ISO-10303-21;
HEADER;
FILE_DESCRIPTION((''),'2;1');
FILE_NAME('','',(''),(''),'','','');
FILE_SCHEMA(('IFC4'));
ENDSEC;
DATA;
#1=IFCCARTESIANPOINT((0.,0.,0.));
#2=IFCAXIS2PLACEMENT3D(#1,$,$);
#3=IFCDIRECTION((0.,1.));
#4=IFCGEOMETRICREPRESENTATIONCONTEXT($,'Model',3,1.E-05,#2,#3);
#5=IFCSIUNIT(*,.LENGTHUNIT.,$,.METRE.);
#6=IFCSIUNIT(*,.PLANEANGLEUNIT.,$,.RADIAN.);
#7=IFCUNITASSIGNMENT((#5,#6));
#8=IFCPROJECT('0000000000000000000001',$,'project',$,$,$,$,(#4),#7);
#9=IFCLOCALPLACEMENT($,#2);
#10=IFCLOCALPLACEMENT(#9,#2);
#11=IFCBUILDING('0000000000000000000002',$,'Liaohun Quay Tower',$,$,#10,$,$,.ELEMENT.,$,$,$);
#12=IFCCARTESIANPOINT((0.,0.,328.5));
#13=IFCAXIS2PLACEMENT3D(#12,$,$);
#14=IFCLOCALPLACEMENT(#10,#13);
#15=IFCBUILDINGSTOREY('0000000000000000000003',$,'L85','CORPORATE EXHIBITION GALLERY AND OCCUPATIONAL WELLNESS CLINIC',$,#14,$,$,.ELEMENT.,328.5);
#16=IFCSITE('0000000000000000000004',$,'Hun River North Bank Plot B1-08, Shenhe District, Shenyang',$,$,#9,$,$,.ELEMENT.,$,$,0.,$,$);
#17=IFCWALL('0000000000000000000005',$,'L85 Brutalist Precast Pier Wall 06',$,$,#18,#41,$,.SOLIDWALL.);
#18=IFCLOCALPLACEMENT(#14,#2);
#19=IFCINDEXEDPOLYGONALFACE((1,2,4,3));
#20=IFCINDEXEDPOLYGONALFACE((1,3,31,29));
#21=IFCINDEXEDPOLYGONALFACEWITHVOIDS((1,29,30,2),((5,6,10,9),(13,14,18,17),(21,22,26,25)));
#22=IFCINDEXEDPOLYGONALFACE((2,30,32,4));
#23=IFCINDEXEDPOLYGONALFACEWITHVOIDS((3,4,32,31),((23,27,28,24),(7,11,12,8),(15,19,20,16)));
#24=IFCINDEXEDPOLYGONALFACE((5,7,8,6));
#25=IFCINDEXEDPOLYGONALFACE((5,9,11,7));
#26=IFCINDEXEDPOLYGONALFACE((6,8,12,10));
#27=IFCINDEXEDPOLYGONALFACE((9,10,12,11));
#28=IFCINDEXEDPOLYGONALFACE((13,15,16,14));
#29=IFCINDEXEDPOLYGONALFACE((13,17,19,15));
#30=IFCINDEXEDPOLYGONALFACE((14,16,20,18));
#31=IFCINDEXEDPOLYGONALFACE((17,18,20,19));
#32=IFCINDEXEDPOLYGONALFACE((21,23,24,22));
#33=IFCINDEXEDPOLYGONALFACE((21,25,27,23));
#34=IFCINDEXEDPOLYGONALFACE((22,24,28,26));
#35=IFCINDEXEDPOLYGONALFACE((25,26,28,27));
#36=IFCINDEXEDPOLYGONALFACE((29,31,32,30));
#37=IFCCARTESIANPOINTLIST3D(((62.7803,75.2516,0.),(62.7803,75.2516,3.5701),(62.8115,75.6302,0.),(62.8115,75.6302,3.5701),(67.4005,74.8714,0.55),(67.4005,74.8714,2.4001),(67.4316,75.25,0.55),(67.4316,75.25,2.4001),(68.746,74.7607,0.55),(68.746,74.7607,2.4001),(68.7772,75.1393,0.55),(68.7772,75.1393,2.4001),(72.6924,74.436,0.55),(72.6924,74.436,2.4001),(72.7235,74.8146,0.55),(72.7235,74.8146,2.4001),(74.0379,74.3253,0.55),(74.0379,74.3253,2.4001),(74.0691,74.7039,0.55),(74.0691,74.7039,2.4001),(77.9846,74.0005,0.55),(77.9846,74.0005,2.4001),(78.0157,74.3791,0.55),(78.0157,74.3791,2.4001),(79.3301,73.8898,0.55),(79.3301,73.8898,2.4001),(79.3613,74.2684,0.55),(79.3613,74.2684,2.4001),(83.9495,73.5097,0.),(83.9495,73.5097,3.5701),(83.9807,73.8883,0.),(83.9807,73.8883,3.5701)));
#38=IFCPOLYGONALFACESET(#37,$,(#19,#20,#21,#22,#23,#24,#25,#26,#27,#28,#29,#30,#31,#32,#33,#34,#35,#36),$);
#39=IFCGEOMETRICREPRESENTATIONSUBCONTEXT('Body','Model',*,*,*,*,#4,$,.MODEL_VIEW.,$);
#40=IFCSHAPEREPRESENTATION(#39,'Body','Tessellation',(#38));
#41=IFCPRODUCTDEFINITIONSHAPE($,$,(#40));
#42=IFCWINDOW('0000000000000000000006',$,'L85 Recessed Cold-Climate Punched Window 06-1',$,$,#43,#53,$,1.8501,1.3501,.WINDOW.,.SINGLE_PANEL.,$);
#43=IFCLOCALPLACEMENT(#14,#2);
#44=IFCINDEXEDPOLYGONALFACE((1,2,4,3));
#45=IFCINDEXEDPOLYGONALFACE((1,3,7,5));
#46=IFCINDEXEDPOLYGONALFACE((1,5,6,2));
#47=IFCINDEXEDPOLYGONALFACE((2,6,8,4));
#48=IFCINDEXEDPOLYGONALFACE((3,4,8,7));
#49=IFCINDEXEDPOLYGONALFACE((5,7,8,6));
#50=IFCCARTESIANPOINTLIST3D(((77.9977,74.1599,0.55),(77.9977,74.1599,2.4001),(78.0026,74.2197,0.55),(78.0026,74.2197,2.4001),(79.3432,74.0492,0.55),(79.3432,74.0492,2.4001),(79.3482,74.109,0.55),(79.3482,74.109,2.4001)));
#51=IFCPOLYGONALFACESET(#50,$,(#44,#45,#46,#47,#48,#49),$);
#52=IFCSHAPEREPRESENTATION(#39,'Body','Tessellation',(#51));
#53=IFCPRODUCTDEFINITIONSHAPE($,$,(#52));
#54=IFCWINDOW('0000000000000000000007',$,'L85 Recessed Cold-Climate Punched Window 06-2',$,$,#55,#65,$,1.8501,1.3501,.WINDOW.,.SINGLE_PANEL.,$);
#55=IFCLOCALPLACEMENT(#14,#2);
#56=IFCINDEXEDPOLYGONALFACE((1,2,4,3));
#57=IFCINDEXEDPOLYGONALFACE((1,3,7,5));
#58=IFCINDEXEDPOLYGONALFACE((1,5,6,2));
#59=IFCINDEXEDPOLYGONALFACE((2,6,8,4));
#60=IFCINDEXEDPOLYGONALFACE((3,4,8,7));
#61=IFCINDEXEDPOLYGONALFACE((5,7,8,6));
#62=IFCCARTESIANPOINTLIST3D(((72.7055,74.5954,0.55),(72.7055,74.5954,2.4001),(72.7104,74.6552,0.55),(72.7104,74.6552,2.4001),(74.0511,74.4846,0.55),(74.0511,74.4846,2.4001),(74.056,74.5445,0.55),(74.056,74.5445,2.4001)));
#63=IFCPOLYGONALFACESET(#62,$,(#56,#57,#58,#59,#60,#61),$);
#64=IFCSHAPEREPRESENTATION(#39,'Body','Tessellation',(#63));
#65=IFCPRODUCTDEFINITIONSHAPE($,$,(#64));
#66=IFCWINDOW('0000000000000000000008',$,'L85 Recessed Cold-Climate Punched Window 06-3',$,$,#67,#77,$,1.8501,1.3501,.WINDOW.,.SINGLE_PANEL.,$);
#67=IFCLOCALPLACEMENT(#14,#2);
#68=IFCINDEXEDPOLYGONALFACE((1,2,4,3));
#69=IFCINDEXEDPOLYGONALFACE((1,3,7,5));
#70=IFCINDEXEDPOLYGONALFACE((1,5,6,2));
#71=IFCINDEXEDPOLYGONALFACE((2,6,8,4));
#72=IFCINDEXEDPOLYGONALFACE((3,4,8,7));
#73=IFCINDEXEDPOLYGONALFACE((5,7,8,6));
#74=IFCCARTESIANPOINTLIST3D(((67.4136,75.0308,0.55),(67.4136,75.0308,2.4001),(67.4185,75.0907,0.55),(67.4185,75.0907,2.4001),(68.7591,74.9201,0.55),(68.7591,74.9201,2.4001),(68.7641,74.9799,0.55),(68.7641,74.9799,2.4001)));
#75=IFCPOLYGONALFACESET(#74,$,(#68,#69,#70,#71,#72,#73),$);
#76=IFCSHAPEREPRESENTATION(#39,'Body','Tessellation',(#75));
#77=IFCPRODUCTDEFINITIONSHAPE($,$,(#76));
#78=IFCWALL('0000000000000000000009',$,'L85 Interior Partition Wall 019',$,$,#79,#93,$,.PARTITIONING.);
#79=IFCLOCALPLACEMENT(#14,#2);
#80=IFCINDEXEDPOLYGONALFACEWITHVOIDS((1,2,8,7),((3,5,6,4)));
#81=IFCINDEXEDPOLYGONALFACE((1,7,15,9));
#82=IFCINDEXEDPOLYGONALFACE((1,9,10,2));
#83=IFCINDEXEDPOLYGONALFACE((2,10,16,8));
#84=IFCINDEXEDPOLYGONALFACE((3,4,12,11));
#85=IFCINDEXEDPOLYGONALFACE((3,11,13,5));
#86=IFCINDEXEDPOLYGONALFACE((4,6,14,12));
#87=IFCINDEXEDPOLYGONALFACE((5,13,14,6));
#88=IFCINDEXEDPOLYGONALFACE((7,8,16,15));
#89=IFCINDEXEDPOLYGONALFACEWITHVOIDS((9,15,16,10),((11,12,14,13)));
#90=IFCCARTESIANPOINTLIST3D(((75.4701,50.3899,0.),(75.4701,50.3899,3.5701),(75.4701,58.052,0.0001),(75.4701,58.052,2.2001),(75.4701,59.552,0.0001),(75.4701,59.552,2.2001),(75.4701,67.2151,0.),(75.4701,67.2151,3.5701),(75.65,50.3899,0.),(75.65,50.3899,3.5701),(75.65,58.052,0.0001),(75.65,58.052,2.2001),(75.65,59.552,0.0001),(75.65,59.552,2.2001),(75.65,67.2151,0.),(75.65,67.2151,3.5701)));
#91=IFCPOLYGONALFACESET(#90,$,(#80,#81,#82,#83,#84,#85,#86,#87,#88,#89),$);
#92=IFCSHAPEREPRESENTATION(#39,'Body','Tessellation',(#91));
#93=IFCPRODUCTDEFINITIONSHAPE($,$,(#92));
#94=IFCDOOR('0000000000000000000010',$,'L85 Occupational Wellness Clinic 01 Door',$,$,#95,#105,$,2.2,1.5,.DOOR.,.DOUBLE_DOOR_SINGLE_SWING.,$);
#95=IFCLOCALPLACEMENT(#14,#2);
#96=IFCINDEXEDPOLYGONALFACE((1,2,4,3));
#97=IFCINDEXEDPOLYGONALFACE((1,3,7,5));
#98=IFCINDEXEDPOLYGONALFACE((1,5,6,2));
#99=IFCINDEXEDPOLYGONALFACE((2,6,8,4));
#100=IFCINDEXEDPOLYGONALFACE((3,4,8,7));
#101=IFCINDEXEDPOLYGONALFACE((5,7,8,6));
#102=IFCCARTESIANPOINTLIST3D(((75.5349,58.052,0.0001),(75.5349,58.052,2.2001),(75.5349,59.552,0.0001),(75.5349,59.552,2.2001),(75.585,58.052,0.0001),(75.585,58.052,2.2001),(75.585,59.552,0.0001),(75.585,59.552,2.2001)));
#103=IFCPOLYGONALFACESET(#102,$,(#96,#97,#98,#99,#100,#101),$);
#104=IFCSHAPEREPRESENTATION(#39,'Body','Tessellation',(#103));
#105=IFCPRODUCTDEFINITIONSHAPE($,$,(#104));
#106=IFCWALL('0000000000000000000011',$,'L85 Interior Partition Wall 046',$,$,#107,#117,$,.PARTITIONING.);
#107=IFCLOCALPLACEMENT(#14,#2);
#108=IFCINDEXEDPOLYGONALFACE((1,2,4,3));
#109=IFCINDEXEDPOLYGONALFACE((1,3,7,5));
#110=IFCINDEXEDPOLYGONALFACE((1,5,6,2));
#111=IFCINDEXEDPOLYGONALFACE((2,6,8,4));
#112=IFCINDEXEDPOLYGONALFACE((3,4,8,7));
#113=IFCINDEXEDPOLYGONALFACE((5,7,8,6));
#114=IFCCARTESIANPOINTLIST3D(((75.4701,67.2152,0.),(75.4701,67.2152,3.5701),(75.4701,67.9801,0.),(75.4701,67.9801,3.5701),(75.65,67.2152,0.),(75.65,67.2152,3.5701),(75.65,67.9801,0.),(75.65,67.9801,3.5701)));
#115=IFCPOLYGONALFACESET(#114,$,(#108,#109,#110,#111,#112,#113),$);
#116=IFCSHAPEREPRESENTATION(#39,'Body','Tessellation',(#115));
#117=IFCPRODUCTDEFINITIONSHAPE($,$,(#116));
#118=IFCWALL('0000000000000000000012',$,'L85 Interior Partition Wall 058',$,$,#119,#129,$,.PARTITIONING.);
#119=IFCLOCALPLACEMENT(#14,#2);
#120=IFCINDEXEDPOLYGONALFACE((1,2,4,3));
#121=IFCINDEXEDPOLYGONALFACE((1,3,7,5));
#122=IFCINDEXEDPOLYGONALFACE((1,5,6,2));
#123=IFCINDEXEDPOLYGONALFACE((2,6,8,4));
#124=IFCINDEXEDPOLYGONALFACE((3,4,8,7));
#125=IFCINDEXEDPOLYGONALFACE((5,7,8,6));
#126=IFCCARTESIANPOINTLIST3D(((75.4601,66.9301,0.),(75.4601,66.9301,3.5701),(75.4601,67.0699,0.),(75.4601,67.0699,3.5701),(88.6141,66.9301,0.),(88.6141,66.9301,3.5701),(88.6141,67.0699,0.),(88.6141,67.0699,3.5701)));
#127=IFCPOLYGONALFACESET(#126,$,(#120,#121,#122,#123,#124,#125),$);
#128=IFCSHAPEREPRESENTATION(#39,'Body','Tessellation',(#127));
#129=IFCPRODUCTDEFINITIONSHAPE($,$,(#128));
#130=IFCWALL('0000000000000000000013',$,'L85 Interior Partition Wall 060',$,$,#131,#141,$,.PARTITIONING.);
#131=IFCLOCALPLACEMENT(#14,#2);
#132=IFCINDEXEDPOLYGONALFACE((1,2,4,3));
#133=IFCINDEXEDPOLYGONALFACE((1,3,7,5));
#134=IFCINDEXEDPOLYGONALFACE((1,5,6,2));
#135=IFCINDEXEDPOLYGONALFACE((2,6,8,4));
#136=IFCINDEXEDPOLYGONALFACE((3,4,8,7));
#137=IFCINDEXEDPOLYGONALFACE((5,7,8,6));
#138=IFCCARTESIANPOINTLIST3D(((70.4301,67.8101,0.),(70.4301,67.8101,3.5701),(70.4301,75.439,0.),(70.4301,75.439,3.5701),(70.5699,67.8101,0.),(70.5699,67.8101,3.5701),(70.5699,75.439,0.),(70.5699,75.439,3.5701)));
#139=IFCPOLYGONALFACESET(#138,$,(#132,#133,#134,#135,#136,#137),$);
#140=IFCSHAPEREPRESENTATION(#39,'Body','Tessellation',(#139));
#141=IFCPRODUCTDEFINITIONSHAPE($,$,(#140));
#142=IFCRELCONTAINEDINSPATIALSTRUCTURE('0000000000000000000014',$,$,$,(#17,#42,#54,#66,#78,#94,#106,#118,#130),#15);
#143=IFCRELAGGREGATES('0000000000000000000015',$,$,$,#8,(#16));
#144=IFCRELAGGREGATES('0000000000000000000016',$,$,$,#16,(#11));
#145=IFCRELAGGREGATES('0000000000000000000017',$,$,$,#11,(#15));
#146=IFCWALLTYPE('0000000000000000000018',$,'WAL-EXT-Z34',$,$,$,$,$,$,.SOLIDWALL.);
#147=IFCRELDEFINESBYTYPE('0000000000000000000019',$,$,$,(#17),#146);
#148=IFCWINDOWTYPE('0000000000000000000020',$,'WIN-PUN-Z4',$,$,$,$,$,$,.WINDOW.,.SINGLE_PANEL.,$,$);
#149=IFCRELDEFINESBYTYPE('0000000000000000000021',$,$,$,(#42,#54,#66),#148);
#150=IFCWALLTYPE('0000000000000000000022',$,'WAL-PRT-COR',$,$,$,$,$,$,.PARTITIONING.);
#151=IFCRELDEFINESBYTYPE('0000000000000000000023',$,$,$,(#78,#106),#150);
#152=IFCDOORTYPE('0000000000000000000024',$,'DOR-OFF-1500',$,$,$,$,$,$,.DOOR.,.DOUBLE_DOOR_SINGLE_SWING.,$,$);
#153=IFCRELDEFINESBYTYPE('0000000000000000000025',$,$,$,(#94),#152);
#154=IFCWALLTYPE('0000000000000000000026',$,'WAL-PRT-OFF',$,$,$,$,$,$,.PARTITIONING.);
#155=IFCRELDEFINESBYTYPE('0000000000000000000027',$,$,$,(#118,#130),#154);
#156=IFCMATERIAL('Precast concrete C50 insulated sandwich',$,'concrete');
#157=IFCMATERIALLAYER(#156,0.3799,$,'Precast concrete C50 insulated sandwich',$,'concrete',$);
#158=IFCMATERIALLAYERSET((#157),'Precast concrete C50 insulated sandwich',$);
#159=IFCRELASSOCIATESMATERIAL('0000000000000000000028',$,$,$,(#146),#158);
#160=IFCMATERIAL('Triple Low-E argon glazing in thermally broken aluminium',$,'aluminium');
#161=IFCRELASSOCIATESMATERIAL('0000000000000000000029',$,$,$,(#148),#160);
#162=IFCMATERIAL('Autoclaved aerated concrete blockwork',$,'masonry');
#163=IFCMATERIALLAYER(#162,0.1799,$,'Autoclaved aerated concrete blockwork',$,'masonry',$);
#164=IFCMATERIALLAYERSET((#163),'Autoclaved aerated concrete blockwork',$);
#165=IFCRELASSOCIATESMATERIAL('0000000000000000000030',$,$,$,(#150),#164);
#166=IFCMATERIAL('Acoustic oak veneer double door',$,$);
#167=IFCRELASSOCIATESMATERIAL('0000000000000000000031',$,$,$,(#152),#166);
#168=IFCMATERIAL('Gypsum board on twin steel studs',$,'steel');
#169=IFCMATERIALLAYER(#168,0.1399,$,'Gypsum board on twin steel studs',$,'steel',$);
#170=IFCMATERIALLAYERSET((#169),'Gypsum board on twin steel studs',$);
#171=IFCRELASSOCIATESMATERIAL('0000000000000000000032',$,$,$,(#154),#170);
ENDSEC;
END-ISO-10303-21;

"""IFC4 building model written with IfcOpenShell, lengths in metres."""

from ifc_helpers import new_model, si_unit, direction, frame, frame_2d, origin, place, context, subcontext, project, spatial, rectangle, extrude, source, transform, mapped, material, layer, layer_set, type_object, element, fill, save


model = new_model("IFC4")

# Units and contexts
model_context = context("Model", 3, precision=1e-05, world=origin(), true_north=direction((0.0, 1.0)))
body_context = subcontext(model_context, "Body", "Model", "MODEL_VIEW")
ifc_project = project(units=[si_unit("LENGTHUNIT", "METRE"), si_unit("PLANEANGLEUNIT", "RADIAN")], contexts=[model_context])

# Site, building, storey
site_placement = place(None, origin())
site = spatial("IfcSite", under=ifc_project, at=site_placement, Name="Hun River North Bank Plot B1-08, Shenhe District, Shenyang", CompositionType="ELEMENT", RefElevation=0.0)
building_placement = place(site_placement, origin())
building = spatial("IfcBuilding", under=site, at=building_placement, Name="Liaohun Quay Tower", CompositionType="ELEMENT")
storey_placement = place(building_placement, frame((0.0, 0.0, 328.5)))
storey = spatial("IfcBuildingStorey", under=building, at=storey_placement, Name="L85", Description="CORPORATE EXHIBITION GALLERY AND OCCUPATIONAL WELLNESS CLINIC", CompositionType="ELEMENT", Elevation=328.5)

# Shared definitions
ifc_material_1 = material(Name="Precast concrete C50 insulated sandwich", Category="concrete")
ifc_layer_1 = layer(ifc_material_1, 0.3799, Name="Precast concrete C50 insulated sandwich", Category="concrete")
ifc_layer_set_1 = layer_set([ifc_layer_1], Name="Precast concrete C50 insulated sandwich")
wall_type_1 = type_object("IfcWallType", Name="WAL-EXT-Z34", PredefinedType="SOLIDWALL", material=ifc_layer_set_1)

# Wall, openings, windows
wall_1_placement = place(storey_placement, frame((83.9651, 73.699, 0.0), z_axis=(0.0, 0.0, 1.0), x_axis=(-0.996632, 0.08201, 0.0)))
wall_1 = element("IfcWall", 1, at=wall_1_placement, inside=storey, type_object=wall_type_1, Name="L85 Brutalist Precast Pier Wall 06", PredefinedType="SOLIDWALL", context=body_context, shape_type="SweptSolid", body=[
    extrude(rectangle(XDim=21.2407, YDim=0.3799, at=frame_2d((10.6204, 0.0))), origin(), (0.0, 0.0, 1.0), 3.5701),
])
shared_shape_1 = source(origin(), body_context, "Body", "SweptSolid", [
    extrude(rectangle(XDim=1.3501, YDim=1.8501, at=frame_2d((0.675, 0.925))), frame((0.0, 0.2, 0.0), z_axis=(0.0, -1.0, 0.0), x_axis=(1.0, 0.0, 0.0)), (0.0, 0.0, 1.0), 0.3999),
])
opening_1_placement = place(wall_1_placement, frame((4.635, 0.0, 0.55)))
opening_1 = element("IfcOpeningElement", 2, at=opening_1_placement, cuts=wall_1, PredefinedType="OPENING", context=body_context, shape_type="MappedRepresentation", body=[
    mapped(shared_shape_1, transform((0.0, 0.0, 0.0), x_axis=(1.0, 0.0, 0.0), y_axis=(0.0, 1.0, 0.0), z_axis=(0.0, 0.0, 1.0), scale=1.0)),
])
opening_2_placement = place(wall_1_placement, frame((9.9451, 0.0, 0.55)))
opening_2 = element("IfcOpeningElement", 3, at=opening_2_placement, cuts=wall_1, PredefinedType="OPENING", context=body_context, shape_type="MappedRepresentation", body=[
    mapped(shared_shape_1, transform((0.0, 0.0, 0.0), x_axis=(1.0, 0.0, 0.0), y_axis=(0.0, 1.0, 0.0), z_axis=(0.0, 0.0, 1.0), scale=1.0)),
])
opening_3_placement = place(wall_1_placement, frame((15.2549, 0.0, 0.55)))
opening_3 = element("IfcOpeningElement", 4, at=opening_3_placement, cuts=wall_1, PredefinedType="OPENING", context=body_context, shape_type="MappedRepresentation", body=[
    mapped(shared_shape_1, transform((0.0, 0.0, 0.0), x_axis=(1.0, 0.0, 0.0), y_axis=(0.0, 1.0, 0.0), z_axis=(0.0, 0.0, 1.0), scale=1.0)),
])
ifc_material_2 = material(Name="Triple Low-E argon glazing in thermally broken aluminium", Category="aluminium")
window_type_1 = type_object("IfcWindowType", Name="WIN-PUN-Z4", PartitioningType="SINGLE_PANEL", PredefinedType="WINDOW", material=ifc_material_2)
shared_shape_2 = source(origin(), body_context, "Body", "SweptSolid", [
    extrude(rectangle(XDim=1.3501, YDim=1.8501, at=frame_2d((0.675, 0.925))), frame((0.0, 0.03, 0.0), z_axis=(0.0, -1.0, 0.0), x_axis=(1.0, 0.0, 0.0)), (0.0, 0.0, 1.0), 0.0601),
])
window_1_placement = place(opening_1_placement, origin())
window_1 = element("IfcWindow", 5, at=window_1_placement, inside=storey, type_object=window_type_1, Name="L85 Recessed Cold-Climate Punched Window 06-1", OverallHeight=1.8501, OverallWidth=1.3501, PartitioningType="SINGLE_PANEL", PredefinedType="WINDOW", context=body_context, shape_type="MappedRepresentation", body=[
    mapped(shared_shape_2, transform((0.0, 0.0, 0.0), x_axis=(1.0, 0.0, 0.0), y_axis=(0.0, 1.0, 0.0), z_axis=(0.0, 0.0, 1.0), scale=1.0)),
])
fill(opening_1, window_1)
window_2_placement = place(opening_2_placement, origin())
window_2 = element("IfcWindow", 6, at=window_2_placement, inside=storey, type_object=window_type_1, Name="L85 Recessed Cold-Climate Punched Window 06-2", OverallHeight=1.8501, OverallWidth=1.3501, PartitioningType="SINGLE_PANEL", PredefinedType="WINDOW", context=body_context, shape_type="MappedRepresentation", body=[
    mapped(shared_shape_2, transform((0.0, 0.0, 0.0), x_axis=(1.0, 0.0, 0.0), y_axis=(0.0, 1.0, 0.0), z_axis=(0.0, 0.0, 1.0), scale=1.0)),
])
fill(opening_2, window_2)
window_3_placement = place(opening_3_placement, origin())
window_3 = element("IfcWindow", 7, at=window_3_placement, inside=storey, type_object=window_type_1, Name="L85 Recessed Cold-Climate Punched Window 06-3", OverallHeight=1.8501, OverallWidth=1.3501, PartitioningType="SINGLE_PANEL", PredefinedType="WINDOW", context=body_context, shape_type="MappedRepresentation", body=[
    mapped(shared_shape_2, transform((0.0, 0.0, 0.0), x_axis=(1.0, 0.0, 0.0), y_axis=(0.0, 1.0, 0.0), z_axis=(0.0, 0.0, 1.0), scale=1.0)),
])
fill(opening_3, window_3)

# Wall, opening, door
ifc_material_3 = material(Name="Autoclaved aerated concrete blockwork", Category="masonry")
ifc_layer_2 = layer(ifc_material_3, 0.1799, Name="Autoclaved aerated concrete blockwork", Category="masonry")
ifc_layer_set_2 = layer_set([ifc_layer_2], Name="Autoclaved aerated concrete blockwork")
wall_type_2 = type_object("IfcWallType", Name="WAL-PRT-COR", PredefinedType="PARTITIONING", material=ifc_layer_set_2)
wall_2_placement = place(storey_placement, frame((75.5601, 67.2151, 0.0), z_axis=(0.0, 0.0, 1.0), x_axis=(0.0, -1.0, 0.0)))
wall_2 = element("IfcWall", 8, at=wall_2_placement, inside=storey, type_object=wall_type_2, Name="L85 Interior Partition Wall 019", PredefinedType="PARTITIONING", context=body_context, shape_type="SweptSolid", body=[
    extrude(rectangle(XDim=16.8252, YDim=0.1799, at=frame_2d((8.4126, 0.0))), origin(), (0.0, 0.0, 1.0), 3.5701),
])
shared_shape_3 = source(origin(), body_context, "Body", "SweptSolid", [
    extrude(rectangle(XDim=1.5, YDim=2.2, at=frame_2d((0.75, 1.1001))), frame((0.0, 0.0999, 0.0), z_axis=(0.0, -1.0, 0.0), x_axis=(1.0, 0.0, 0.0)), (0.0, 0.0, 1.0), 0.2),
])
opening_4_placement = place(wall_2_placement, frame((7.6631, 0.0, 0.0)))
opening_4 = element("IfcOpeningElement", 9, at=opening_4_placement, cuts=wall_2, PredefinedType="OPENING", context=body_context, shape_type="MappedRepresentation", body=[
    mapped(shared_shape_3, transform((0.0, 0.0, 0.0), x_axis=(1.0, 0.0, 0.0), y_axis=(0.0, 1.0, 0.0), z_axis=(0.0, 0.0, 1.0), scale=1.0)),
])
ifc_material_4 = material(Name="Acoustic oak veneer double door")
door_type = type_object("IfcDoorType", Name="DOR-OFF-1500", OperationType="DOUBLE_DOOR_SINGLE_SWING", PredefinedType="DOOR", material=ifc_material_4)
shared_shape_4 = source(origin(), body_context, "Body", "SweptSolid", [
    extrude(rectangle(XDim=1.5, YDim=2.2, at=frame_2d((0.75, 1.1001))), frame((0.0, 0.0249, 0.0), z_axis=(0.0, -1.0, 0.0), x_axis=(1.0, 0.0, 0.0)), (0.0, 0.0, 1.0), 0.05),
])
door_placement = place(opening_4_placement, origin())
door = element("IfcDoor", 10, at=door_placement, inside=storey, type_object=door_type, Name="L85 Occupational Wellness Clinic 01 Door", OperationType="DOUBLE_DOOR_SINGLE_SWING", OverallHeight=2.2, OverallWidth=1.5, PredefinedType="DOOR", context=body_context, shape_type="MappedRepresentation", body=[
    mapped(shared_shape_4, transform((0.0, 0.0, 0.0), x_axis=(1.0, 0.0, 0.0), y_axis=(0.0, 1.0, 0.0), z_axis=(0.0, 0.0, 1.0), scale=1.0)),
])
fill(opening_4, door)

# Walls
wall_3_placement = place(storey_placement, frame((75.5601, 67.98, 0.0), z_axis=(0.0, 0.0, 1.0), x_axis=(0.0, -1.0, 0.0)))
element("IfcWall", 11, at=wall_3_placement, inside=storey, type_object=wall_type_2, Name="L85 Interior Partition Wall 046", PredefinedType="PARTITIONING", context=body_context, shape_type="SweptSolid", body=[
    extrude(rectangle(XDim=0.7649, YDim=0.1799, at=frame_2d((0.3823, 0.0))), origin(), (0.0, 0.0, 1.0), 3.5701),
])
ifc_material_5 = material(Name="Gypsum board on twin steel studs", Category="steel")
ifc_layer_3 = layer(ifc_material_5, 0.1399, Name="Gypsum board on twin steel studs", Category="steel")
ifc_layer_set_3 = layer_set([ifc_layer_3], Name="Gypsum board on twin steel studs")
wall_type_3 = type_object("IfcWallType", Name="WAL-PRT-OFF", PredefinedType="PARTITIONING", material=ifc_layer_set_3)
wall_4_placement = place(storey_placement, frame((75.46, 67.0, 0.0), z_axis=(0.0, 0.0, 1.0), x_axis=(1.0, 0.0, 0.0)))
element("IfcWall", 12, at=wall_4_placement, inside=storey, type_object=wall_type_3, Name="L85 Interior Partition Wall 058", PredefinedType="PARTITIONING", context=body_context, shape_type="SweptSolid", body=[
    extrude(rectangle(XDim=13.1541, YDim=0.1399, at=frame_2d((6.5771, 0.0))), origin(), (0.0, 0.0, 1.0), 3.5701),
])
wall_5_placement = place(storey_placement, frame((70.5, 67.8101, 0.0), z_axis=(0.0, 0.0, 1.0), x_axis=(0.0, 1.0, 0.0)))
element("IfcWall", 13, at=wall_5_placement, inside=storey, type_object=wall_type_3, Name="L85 Interior Partition Wall 060", PredefinedType="PARTITIONING", context=body_context, shape_type="SweptSolid", body=[
    extrude(rectangle(XDim=7.6289, YDim=0.1399, at=frame_2d((3.8145, 0.0))), origin(), (0.0, 0.0, 1.0), 3.5701),
])

save(model, "model.ifc")
